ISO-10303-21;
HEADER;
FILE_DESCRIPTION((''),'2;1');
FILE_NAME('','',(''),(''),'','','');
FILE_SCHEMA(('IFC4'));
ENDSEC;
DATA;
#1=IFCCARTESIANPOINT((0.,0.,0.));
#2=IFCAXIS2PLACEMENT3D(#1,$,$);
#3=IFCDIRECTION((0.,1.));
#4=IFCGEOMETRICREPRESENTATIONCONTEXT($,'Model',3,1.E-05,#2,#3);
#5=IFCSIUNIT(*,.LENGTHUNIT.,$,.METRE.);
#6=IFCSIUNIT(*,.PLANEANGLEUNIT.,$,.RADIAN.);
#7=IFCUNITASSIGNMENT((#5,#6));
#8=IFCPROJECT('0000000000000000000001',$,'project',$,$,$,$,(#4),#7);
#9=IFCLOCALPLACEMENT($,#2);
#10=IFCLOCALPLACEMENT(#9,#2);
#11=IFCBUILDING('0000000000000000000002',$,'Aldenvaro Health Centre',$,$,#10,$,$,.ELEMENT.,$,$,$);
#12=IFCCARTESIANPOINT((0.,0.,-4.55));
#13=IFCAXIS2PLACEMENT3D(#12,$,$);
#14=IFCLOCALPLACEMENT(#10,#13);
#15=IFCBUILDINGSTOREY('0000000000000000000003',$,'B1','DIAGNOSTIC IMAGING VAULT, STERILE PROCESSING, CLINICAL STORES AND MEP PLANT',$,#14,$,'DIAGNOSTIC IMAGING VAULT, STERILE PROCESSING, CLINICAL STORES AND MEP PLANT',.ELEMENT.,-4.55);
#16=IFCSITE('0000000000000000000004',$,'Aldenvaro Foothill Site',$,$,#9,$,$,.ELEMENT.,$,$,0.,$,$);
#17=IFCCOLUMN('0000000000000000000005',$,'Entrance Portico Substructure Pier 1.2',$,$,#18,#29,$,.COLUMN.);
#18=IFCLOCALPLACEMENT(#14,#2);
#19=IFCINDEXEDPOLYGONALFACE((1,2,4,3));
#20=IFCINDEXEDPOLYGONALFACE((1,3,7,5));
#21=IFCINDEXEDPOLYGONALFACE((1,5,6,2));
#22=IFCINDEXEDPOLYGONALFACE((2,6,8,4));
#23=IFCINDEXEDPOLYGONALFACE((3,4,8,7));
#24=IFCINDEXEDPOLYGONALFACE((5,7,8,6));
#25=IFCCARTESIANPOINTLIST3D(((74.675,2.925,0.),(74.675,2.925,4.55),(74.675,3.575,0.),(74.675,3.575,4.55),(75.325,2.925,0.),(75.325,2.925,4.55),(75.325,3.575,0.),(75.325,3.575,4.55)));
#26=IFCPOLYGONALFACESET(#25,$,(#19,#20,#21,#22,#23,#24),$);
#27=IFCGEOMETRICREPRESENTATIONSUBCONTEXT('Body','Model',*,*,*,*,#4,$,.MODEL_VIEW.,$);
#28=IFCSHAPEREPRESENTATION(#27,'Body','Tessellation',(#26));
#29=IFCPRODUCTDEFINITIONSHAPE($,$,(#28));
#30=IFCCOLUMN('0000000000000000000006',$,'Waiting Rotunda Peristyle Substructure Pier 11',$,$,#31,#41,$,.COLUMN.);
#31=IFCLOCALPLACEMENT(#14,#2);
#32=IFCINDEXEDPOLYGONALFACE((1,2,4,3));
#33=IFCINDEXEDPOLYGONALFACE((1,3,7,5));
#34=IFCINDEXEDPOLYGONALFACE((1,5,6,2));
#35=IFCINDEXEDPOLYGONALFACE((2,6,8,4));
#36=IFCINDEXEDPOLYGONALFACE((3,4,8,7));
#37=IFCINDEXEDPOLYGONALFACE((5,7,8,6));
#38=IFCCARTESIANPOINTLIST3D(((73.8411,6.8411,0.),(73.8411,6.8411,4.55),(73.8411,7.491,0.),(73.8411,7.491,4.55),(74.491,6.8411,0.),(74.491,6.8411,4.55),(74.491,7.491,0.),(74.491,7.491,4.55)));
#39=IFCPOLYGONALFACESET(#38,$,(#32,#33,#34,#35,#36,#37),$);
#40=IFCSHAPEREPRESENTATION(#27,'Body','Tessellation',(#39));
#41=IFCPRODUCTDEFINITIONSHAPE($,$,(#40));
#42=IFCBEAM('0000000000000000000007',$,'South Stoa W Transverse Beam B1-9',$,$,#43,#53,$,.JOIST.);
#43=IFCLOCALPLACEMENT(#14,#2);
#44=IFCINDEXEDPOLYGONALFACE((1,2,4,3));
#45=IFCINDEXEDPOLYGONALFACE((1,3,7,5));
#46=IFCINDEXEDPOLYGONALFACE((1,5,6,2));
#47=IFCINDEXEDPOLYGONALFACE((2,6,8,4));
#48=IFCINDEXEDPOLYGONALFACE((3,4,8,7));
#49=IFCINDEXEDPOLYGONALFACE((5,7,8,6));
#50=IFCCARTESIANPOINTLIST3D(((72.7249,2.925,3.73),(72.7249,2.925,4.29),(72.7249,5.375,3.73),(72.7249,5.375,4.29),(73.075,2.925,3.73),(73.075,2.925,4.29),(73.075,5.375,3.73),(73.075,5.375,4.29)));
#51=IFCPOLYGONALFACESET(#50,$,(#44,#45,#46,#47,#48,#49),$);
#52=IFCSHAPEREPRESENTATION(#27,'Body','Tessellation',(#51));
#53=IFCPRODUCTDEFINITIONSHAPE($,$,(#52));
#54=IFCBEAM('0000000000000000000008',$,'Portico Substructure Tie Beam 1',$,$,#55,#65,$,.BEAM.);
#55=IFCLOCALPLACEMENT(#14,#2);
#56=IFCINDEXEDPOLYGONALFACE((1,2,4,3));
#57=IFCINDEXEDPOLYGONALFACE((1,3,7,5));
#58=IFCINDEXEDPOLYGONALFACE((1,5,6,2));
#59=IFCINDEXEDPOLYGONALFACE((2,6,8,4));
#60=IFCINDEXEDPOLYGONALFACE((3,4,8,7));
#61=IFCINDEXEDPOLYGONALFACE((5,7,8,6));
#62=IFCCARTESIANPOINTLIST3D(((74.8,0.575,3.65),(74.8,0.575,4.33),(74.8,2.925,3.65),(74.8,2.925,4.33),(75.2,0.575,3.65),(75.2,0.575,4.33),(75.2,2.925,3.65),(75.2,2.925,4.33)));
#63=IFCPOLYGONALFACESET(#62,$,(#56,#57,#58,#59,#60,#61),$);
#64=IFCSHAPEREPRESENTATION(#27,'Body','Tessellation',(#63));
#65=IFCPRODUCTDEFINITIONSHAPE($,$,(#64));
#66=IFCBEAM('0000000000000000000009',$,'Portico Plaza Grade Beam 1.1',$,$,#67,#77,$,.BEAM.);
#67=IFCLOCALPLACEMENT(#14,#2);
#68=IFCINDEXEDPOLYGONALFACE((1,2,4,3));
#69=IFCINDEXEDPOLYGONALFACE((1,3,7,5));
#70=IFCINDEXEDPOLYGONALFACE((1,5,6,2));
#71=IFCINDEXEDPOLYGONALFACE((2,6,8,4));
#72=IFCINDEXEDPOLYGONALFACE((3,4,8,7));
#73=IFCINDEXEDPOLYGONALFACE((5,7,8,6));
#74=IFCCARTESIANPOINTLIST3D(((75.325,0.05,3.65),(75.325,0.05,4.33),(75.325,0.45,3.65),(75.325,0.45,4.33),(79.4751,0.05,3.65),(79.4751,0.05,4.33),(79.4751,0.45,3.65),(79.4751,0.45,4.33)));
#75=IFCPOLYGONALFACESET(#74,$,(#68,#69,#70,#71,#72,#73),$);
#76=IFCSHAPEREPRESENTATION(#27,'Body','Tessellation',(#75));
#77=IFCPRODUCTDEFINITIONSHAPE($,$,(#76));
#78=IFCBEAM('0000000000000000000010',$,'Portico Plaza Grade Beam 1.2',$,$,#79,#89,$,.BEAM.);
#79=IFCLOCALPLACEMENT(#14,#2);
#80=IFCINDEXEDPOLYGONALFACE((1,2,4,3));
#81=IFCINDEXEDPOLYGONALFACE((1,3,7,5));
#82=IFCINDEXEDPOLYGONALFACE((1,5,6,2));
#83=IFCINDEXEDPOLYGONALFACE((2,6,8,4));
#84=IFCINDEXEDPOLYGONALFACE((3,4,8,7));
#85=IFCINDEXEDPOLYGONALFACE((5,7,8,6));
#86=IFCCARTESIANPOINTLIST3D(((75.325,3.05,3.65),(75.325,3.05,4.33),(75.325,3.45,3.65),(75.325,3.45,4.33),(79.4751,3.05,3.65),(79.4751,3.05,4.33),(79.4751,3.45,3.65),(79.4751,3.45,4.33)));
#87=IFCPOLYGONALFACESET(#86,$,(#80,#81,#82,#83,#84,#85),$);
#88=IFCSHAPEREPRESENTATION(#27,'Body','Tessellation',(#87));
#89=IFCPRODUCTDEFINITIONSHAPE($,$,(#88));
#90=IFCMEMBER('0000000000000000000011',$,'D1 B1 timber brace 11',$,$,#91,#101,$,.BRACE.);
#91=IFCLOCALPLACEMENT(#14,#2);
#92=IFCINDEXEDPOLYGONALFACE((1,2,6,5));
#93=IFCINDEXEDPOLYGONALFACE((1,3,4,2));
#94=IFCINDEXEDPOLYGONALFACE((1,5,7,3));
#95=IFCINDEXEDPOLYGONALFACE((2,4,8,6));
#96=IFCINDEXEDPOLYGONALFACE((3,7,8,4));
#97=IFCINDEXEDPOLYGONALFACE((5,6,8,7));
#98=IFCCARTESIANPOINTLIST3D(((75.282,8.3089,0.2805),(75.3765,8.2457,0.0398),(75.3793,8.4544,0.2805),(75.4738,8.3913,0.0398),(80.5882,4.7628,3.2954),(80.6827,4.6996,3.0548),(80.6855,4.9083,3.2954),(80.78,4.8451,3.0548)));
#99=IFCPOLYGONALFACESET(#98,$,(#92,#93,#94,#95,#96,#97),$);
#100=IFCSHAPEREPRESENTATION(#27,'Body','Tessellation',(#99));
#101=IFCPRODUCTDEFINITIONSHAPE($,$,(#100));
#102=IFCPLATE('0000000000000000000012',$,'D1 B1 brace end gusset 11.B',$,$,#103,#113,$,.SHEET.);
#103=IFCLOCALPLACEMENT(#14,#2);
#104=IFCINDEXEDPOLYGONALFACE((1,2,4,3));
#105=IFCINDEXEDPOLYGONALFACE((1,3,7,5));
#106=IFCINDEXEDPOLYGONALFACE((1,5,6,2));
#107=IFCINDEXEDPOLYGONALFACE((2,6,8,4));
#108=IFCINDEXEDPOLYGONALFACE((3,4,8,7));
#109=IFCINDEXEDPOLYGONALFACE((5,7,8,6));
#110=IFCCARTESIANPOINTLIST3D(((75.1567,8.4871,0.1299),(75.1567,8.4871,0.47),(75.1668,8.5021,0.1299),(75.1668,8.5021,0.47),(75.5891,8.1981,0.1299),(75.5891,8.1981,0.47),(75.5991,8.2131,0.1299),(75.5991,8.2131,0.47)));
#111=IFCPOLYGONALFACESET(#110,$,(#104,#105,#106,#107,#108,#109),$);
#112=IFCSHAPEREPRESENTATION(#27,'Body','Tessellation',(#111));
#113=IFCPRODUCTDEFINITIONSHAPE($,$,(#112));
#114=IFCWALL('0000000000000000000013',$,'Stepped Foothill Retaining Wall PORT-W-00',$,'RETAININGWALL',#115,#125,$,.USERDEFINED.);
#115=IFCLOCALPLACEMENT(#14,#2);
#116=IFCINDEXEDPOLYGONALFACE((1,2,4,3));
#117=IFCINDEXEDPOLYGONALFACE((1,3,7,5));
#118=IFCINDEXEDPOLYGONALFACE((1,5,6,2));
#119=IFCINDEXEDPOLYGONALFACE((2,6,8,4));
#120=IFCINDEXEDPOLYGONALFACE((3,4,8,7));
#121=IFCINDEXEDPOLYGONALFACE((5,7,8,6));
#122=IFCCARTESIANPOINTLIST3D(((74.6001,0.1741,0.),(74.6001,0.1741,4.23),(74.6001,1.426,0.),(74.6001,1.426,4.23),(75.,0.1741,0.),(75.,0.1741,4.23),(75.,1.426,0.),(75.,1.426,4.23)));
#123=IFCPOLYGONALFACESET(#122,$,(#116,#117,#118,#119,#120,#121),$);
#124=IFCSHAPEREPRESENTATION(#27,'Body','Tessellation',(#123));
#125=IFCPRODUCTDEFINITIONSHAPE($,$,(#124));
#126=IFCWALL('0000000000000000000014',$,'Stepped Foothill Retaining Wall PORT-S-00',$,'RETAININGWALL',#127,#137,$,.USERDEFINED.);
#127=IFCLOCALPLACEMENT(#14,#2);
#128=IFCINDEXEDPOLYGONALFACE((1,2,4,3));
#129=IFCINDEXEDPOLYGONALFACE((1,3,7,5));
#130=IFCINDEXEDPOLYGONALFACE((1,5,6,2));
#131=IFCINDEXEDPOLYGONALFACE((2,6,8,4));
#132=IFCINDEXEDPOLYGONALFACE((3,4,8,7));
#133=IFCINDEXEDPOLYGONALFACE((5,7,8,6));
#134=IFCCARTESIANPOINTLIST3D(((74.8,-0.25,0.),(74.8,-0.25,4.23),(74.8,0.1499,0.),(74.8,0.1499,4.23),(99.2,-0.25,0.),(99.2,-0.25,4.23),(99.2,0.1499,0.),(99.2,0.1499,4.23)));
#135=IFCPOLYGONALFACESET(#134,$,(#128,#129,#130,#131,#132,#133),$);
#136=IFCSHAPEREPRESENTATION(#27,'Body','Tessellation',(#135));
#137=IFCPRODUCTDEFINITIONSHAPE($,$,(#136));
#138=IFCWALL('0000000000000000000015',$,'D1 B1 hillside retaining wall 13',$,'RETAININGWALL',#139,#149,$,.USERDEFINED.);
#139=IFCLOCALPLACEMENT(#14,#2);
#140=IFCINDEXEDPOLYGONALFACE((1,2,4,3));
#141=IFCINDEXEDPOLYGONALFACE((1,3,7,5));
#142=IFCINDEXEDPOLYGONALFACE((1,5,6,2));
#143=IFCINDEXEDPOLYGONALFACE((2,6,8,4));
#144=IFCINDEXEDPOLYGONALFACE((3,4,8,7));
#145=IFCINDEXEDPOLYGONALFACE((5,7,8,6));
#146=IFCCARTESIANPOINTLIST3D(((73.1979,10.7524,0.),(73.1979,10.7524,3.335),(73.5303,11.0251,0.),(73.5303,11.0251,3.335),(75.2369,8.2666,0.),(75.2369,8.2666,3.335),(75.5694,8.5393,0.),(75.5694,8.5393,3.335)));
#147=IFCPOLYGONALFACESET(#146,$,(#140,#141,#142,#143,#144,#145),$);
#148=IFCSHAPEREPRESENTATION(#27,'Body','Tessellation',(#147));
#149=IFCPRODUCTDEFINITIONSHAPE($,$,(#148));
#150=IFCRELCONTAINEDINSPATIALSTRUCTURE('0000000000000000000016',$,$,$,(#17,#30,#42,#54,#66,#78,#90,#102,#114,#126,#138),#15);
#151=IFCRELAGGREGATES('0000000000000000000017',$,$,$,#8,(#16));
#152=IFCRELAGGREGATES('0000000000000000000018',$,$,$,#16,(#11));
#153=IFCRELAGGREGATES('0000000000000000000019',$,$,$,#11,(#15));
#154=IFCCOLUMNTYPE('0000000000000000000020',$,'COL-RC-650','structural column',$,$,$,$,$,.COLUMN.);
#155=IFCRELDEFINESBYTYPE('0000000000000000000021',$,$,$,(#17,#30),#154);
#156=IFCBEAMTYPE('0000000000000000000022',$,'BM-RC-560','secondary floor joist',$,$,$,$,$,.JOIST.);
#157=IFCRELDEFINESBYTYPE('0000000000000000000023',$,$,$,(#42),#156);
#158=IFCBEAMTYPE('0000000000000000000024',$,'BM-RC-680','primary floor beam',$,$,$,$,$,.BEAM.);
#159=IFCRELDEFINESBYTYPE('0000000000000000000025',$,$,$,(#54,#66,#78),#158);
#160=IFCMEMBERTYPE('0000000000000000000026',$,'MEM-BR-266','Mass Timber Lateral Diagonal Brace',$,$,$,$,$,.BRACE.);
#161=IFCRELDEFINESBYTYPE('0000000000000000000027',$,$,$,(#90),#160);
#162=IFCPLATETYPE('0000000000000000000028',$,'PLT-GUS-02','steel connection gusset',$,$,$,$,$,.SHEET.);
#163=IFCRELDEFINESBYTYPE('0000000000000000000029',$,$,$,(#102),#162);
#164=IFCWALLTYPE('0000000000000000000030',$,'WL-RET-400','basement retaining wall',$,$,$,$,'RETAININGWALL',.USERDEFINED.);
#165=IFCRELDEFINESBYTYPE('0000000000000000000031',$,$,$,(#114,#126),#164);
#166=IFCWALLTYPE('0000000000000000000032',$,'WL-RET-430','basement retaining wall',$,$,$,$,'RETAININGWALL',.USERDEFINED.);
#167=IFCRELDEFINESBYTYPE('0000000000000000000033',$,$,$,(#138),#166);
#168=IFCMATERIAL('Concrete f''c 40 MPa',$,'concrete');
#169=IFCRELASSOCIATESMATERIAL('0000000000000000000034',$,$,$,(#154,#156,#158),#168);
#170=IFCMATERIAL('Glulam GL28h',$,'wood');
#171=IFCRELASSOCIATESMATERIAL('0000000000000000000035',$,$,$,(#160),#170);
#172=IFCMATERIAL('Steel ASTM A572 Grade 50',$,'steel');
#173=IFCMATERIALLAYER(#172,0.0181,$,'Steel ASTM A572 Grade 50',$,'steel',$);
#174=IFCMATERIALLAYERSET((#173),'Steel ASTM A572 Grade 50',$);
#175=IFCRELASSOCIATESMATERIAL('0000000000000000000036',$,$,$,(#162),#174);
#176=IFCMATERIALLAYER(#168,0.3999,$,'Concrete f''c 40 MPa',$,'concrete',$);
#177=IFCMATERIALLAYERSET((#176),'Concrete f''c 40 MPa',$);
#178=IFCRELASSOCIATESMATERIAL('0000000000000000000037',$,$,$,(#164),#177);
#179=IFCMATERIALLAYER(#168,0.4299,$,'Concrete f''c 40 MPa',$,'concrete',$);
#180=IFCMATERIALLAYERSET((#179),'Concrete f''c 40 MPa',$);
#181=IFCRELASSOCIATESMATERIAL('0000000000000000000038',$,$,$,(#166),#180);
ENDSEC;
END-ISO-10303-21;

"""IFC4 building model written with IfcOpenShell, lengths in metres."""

from ifc_helpers import new_model, si_unit, direction, frame, frame_2d, origin, origin_2d, place, context, subcontext, project, spatial, rectangle, extrude, material, layer, layer_set, material_profile, profile_set, type_object, element, save


model = new_model("IFC4")

# Units and contexts
model_context = context("Model", 3, precision=1e-05, world=origin(), true_north=direction((0.0, 1.0)))
body_context = subcontext(model_context, "Body", "Model", "MODEL_VIEW")
ifc_project = project(units=[si_unit("LENGTHUNIT", "METRE"), si_unit("PLANEANGLEUNIT", "RADIAN")], contexts=[model_context])

# Site, building, storey
site_placement = place(None, origin())
site = spatial("IfcSite", under=ifc_project, at=site_placement, Name="Aldenvaro Foothill Site", CompositionType="ELEMENT", RefElevation=0.0)
building_placement = place(site_placement, origin())
building = spatial("IfcBuilding", under=site, at=building_placement, Name="Aldenvaro Health Centre", CompositionType="ELEMENT")
storey_placement = place(building_placement, frame((0.0, 0.0, -4.55)))
storey = spatial("IfcBuildingStorey", under=building, at=storey_placement, Name="B1", Description="DIAGNOSTIC IMAGING VAULT, STERILE PROCESSING, CLINICAL STORES AND MEP PLANT", LongName="DIAGNOSTIC IMAGING VAULT, STERILE PROCESSING, CLINICAL STORES AND MEP PLANT", CompositionType="ELEMENT", Elevation=-4.55)

# Shared definitions
ifc_material_1 = material(Name="Concrete f'c 40 MPa", Category="concrete")

# Columns
ifc_material_profile_1 = material_profile(ifc_material_1, rectangle(XDim=0.6499, YDim=0.6499, at=origin_2d()), Name="RC 650x650", Category="concrete")
ifc_profile_set_1 = profile_set([ifc_material_profile_1], Name="Concrete f'c 40 MPa")
column_type_1 = type_object("IfcColumnType", Name="COL-RC-650", Description="structural column", PredefinedType="COLUMN", material=ifc_profile_set_1)
for number, where, z_axis, x_axis, name in (
    (1, (75.0, 3.25, 0.0), (0.0, 0.0, 1.0), (1.0, 0.0, 0.0), "Entrance Portico Substructure Pier 1.2"),
    (2, (74.166, 7.166, 0.0), (0.0, 0.0, 1.0), (1.0, 0.0, 0.0), "Waiting Rotunda Peristyle Substructure Pier 11"),
):
    element("IfcColumn", number, at=place(storey_placement, frame(where, z_axis=z_axis, x_axis=x_axis)), inside=storey, type_object=column_type_1, Name=name, PredefinedType="COLUMN", context=body_context, shape_type="SweptSolid", body=[
        extrude(rectangle(XDim=0.6499, YDim=0.6499, at=origin_2d()), origin(), (0.0, 0.0, 1.0), 4.55),
    ])

# Beams
ifc_material_profile_2 = material_profile(ifc_material_1, rectangle(XDim=0.3501, YDim=0.5601, at=origin_2d()), Name="RC 350x560", Category="concrete")
ifc_profile_set_2 = profile_set([ifc_material_profile_2], Name="Concrete f'c 40 MPa")
beam_type_1 = type_object("IfcBeamType", Name="BM-RC-560", Description="secondary floor joist", PredefinedType="JOIST", material=ifc_profile_set_2)
beam_1_placement = place(storey_placement, frame((72.8999, 2.925, 4.01), z_axis=(0.0, 1.0, 0.0), x_axis=(-1.0, 0.0, 0.0)))
element("IfcBeam", 3, at=beam_1_placement, inside=storey, type_object=beam_type_1, Name="South Stoa W Transverse Beam B1-9", PredefinedType="JOIST", context=body_context, shape_type="SweptSolid", body=[
    extrude(rectangle(XDim=0.3501, YDim=0.5601, at=origin_2d()), origin(), (0.0, 0.0, 1.0), 2.45),
])
ifc_material_profile_3 = material_profile(ifc_material_1, rectangle(XDim=0.3999, YDim=0.6799, at=origin_2d()), Name="RC 400x680", Category="concrete")
ifc_profile_set_3 = profile_set([ifc_material_profile_3], Name="Concrete f'c 40 MPa")
beam_type_2 = type_object("IfcBeamType", Name="BM-RC-680", Description="primary floor beam", PredefinedType="BEAM", material=ifc_profile_set_3)
beam_2_placement = place(storey_placement, frame((75.0, 0.575, 3.99), z_axis=(0.0, 1.0, 0.0), x_axis=(-1.0, 0.0, 0.0)))
element("IfcBeam", 4, at=beam_2_placement, inside=storey, type_object=beam_type_2, Name="Portico Substructure Tie Beam 1", PredefinedType="BEAM", context=body_context, shape_type="SweptSolid", body=[
    extrude(rectangle(XDim=0.3999, YDim=0.6799, at=origin_2d()), origin(), (0.0, 0.0, 1.0), 2.3501),
])
for number, where, z_axis, x_axis, name in (
    (5, (75.325, 0.25, 3.99), (1.0, 0.0, 0.0), (0.0, 1.0, 0.0), "Portico Plaza Grade Beam 1.1"),
    (6, (75.325, 3.25, 3.99), (1.0, 0.0, 0.0), (0.0, 1.0, 0.0), "Portico Plaza Grade Beam 1.2"),
):
    element("IfcBeam", number, at=place(storey_placement, frame(where, z_axis=z_axis, x_axis=x_axis)), inside=storey, type_object=beam_type_2, Name=name, PredefinedType="BEAM", context=body_context, shape_type="SweptSolid", body=[
        extrude(rectangle(XDim=0.3999, YDim=0.6799, at=origin_2d()), origin(), (0.0, 0.0, 1.0), 4.1501),
    ])

# Member
ifc_material_2 = material(Name="Glulam GL28h", Category="wood")
ifc_material_profile_4 = material_profile(ifc_material_2, rectangle(XDim=0.175, YDim=0.2661, at=origin_2d()), Name="GL 175x266", Category="wood")
ifc_profile_set_4 = profile_set([ifc_material_profile_4], Name="Glulam GL28h")
member_type = type_object("IfcMemberType", Name="MEM-BR-266", Description="Mass Timber Lateral Diagonal Brace", PredefinedType="BRACE", material=ifc_profile_set_4)
member_placement = place(storey_placement, frame((75.3779, 8.3501, 0.1602), z_axis=(0.751758, -0.502406, 0.42714), x_axis=(0.555644, 0.83142, 0.0)))
element("IfcMember", 7, at=member_placement, inside=storey, type_object=member_type, Name="D1 B1 timber brace 11", PredefinedType="BRACE", context=body_context, shape_type="SweptSolid", body=[
    extrude(rectangle(XDim=0.175, YDim=0.2661, at=origin_2d()), origin(), (0.0, 0.0, 1.0), 7.0583),
])

# Plate
ifc_material_3 = material(Name="Steel ASTM A572 Grade 50", Category="steel")
ifc_layer_1 = layer(ifc_material_3, 0.0181, Name="Steel ASTM A572 Grade 50", Category="steel")
ifc_layer_set_1 = layer_set([ifc_layer_1], Name="Steel ASTM A572 Grade 50")
plate_type = type_object("IfcPlateType", Name="PLT-GUS-02", Description="steel connection gusset", PredefinedType="SHEET", material=ifc_layer_set_1)
plate_placement = place(storey_placement, frame((75.3779, 8.3501, 0.1299), z_axis=(0.0, 0.0, 1.0), x_axis=(0.831421, -0.555643, 0.0)))
element("IfcPlate", 8, at=plate_placement, inside=storey, type_object=plate_type, Name="D1 B1 brace end gusset 11.B", PredefinedType="SHEET", context=body_context, shape_type="SweptSolid", body=[
    extrude(rectangle(XDim=0.52, YDim=0.0181, at=origin_2d()), origin(), (0.0, 0.0, 1.0), 0.3401),
])

# Walls
ifc_layer_2 = layer(ifc_material_1, 0.3999, Name="Concrete f'c 40 MPa", Category="concrete")
ifc_layer_set_2 = layer_set([ifc_layer_2], Name="Concrete f'c 40 MPa")
wall_type_1 = type_object("IfcWallType", Name="WL-RET-400", Description="basement retaining wall", ElementType="RETAININGWALL", PredefinedType="USERDEFINED", material=ifc_layer_set_2)
wall_1_placement = place(storey_placement, frame((74.8, 0.1741, 0.0), z_axis=(0.0, 0.0, 1.0), x_axis=(0.0, 1.0, 0.0)))
element("IfcWall", 9, at=wall_1_placement, inside=storey, type_object=wall_type_1, Name="Stepped Foothill Retaining Wall PORT-W-00", ObjectType="RETAININGWALL", PredefinedType="USERDEFINED", context=body_context, shape_type="SweptSolid", body=[
    extrude(rectangle(XDim=1.252, YDim=0.3999, at=frame_2d((0.626, 0.0))), origin(), (0.0, 0.0, 1.0), 4.23),
])
wall_2_placement = place(storey_placement, frame((74.8, -0.05, 0.0), z_axis=(0.0, 0.0, 1.0), x_axis=(1.0, 0.0, 0.0)))
element("IfcWall", 10, at=wall_2_placement, inside=storey, type_object=wall_type_1, Name="Stepped Foothill Retaining Wall PORT-S-00", ObjectType="RETAININGWALL", PredefinedType="USERDEFINED", context=body_context, shape_type="SweptSolid", body=[
    extrude(rectangle(XDim=24.3999, YDim=0.3999, at=frame_2d((12.2, 0.0))), origin(), (0.0, 0.0, 1.0), 4.23),
])
ifc_layer_3 = layer(ifc_material_1, 0.4299, Name="Concrete f'c 40 MPa", Category="concrete")
ifc_layer_set_3 = layer_set([ifc_layer_3], Name="Concrete f'c 40 MPa")
wall_type_2 = type_object("IfcWallType", Name="WL-RET-430", Description="basement retaining wall", ElementType="RETAININGWALL", PredefinedType="USERDEFINED", material=ifc_layer_set_3)
wall_3_placement = place(storey_placement, frame((75.4031, 8.4031, 0.0), z_axis=(0.0, 0.0, 1.0), x_axis=(-0.634205, 0.773165, 0.0)))
element("IfcWall", 11, at=wall_3_placement, inside=storey, type_object=wall_type_2, Name="D1 B1 hillside retaining wall 13", ObjectType="RETAININGWALL", PredefinedType="USERDEFINED", context=body_context, shape_type="SweptSolid", body=[
    extrude(rectangle(XDim=3.2151, YDim=0.4299, at=frame_2d((1.6074, 0.0))), origin(), (0.0, 0.0, 1.0), 3.335),
])

save(model, "model.ifc")
